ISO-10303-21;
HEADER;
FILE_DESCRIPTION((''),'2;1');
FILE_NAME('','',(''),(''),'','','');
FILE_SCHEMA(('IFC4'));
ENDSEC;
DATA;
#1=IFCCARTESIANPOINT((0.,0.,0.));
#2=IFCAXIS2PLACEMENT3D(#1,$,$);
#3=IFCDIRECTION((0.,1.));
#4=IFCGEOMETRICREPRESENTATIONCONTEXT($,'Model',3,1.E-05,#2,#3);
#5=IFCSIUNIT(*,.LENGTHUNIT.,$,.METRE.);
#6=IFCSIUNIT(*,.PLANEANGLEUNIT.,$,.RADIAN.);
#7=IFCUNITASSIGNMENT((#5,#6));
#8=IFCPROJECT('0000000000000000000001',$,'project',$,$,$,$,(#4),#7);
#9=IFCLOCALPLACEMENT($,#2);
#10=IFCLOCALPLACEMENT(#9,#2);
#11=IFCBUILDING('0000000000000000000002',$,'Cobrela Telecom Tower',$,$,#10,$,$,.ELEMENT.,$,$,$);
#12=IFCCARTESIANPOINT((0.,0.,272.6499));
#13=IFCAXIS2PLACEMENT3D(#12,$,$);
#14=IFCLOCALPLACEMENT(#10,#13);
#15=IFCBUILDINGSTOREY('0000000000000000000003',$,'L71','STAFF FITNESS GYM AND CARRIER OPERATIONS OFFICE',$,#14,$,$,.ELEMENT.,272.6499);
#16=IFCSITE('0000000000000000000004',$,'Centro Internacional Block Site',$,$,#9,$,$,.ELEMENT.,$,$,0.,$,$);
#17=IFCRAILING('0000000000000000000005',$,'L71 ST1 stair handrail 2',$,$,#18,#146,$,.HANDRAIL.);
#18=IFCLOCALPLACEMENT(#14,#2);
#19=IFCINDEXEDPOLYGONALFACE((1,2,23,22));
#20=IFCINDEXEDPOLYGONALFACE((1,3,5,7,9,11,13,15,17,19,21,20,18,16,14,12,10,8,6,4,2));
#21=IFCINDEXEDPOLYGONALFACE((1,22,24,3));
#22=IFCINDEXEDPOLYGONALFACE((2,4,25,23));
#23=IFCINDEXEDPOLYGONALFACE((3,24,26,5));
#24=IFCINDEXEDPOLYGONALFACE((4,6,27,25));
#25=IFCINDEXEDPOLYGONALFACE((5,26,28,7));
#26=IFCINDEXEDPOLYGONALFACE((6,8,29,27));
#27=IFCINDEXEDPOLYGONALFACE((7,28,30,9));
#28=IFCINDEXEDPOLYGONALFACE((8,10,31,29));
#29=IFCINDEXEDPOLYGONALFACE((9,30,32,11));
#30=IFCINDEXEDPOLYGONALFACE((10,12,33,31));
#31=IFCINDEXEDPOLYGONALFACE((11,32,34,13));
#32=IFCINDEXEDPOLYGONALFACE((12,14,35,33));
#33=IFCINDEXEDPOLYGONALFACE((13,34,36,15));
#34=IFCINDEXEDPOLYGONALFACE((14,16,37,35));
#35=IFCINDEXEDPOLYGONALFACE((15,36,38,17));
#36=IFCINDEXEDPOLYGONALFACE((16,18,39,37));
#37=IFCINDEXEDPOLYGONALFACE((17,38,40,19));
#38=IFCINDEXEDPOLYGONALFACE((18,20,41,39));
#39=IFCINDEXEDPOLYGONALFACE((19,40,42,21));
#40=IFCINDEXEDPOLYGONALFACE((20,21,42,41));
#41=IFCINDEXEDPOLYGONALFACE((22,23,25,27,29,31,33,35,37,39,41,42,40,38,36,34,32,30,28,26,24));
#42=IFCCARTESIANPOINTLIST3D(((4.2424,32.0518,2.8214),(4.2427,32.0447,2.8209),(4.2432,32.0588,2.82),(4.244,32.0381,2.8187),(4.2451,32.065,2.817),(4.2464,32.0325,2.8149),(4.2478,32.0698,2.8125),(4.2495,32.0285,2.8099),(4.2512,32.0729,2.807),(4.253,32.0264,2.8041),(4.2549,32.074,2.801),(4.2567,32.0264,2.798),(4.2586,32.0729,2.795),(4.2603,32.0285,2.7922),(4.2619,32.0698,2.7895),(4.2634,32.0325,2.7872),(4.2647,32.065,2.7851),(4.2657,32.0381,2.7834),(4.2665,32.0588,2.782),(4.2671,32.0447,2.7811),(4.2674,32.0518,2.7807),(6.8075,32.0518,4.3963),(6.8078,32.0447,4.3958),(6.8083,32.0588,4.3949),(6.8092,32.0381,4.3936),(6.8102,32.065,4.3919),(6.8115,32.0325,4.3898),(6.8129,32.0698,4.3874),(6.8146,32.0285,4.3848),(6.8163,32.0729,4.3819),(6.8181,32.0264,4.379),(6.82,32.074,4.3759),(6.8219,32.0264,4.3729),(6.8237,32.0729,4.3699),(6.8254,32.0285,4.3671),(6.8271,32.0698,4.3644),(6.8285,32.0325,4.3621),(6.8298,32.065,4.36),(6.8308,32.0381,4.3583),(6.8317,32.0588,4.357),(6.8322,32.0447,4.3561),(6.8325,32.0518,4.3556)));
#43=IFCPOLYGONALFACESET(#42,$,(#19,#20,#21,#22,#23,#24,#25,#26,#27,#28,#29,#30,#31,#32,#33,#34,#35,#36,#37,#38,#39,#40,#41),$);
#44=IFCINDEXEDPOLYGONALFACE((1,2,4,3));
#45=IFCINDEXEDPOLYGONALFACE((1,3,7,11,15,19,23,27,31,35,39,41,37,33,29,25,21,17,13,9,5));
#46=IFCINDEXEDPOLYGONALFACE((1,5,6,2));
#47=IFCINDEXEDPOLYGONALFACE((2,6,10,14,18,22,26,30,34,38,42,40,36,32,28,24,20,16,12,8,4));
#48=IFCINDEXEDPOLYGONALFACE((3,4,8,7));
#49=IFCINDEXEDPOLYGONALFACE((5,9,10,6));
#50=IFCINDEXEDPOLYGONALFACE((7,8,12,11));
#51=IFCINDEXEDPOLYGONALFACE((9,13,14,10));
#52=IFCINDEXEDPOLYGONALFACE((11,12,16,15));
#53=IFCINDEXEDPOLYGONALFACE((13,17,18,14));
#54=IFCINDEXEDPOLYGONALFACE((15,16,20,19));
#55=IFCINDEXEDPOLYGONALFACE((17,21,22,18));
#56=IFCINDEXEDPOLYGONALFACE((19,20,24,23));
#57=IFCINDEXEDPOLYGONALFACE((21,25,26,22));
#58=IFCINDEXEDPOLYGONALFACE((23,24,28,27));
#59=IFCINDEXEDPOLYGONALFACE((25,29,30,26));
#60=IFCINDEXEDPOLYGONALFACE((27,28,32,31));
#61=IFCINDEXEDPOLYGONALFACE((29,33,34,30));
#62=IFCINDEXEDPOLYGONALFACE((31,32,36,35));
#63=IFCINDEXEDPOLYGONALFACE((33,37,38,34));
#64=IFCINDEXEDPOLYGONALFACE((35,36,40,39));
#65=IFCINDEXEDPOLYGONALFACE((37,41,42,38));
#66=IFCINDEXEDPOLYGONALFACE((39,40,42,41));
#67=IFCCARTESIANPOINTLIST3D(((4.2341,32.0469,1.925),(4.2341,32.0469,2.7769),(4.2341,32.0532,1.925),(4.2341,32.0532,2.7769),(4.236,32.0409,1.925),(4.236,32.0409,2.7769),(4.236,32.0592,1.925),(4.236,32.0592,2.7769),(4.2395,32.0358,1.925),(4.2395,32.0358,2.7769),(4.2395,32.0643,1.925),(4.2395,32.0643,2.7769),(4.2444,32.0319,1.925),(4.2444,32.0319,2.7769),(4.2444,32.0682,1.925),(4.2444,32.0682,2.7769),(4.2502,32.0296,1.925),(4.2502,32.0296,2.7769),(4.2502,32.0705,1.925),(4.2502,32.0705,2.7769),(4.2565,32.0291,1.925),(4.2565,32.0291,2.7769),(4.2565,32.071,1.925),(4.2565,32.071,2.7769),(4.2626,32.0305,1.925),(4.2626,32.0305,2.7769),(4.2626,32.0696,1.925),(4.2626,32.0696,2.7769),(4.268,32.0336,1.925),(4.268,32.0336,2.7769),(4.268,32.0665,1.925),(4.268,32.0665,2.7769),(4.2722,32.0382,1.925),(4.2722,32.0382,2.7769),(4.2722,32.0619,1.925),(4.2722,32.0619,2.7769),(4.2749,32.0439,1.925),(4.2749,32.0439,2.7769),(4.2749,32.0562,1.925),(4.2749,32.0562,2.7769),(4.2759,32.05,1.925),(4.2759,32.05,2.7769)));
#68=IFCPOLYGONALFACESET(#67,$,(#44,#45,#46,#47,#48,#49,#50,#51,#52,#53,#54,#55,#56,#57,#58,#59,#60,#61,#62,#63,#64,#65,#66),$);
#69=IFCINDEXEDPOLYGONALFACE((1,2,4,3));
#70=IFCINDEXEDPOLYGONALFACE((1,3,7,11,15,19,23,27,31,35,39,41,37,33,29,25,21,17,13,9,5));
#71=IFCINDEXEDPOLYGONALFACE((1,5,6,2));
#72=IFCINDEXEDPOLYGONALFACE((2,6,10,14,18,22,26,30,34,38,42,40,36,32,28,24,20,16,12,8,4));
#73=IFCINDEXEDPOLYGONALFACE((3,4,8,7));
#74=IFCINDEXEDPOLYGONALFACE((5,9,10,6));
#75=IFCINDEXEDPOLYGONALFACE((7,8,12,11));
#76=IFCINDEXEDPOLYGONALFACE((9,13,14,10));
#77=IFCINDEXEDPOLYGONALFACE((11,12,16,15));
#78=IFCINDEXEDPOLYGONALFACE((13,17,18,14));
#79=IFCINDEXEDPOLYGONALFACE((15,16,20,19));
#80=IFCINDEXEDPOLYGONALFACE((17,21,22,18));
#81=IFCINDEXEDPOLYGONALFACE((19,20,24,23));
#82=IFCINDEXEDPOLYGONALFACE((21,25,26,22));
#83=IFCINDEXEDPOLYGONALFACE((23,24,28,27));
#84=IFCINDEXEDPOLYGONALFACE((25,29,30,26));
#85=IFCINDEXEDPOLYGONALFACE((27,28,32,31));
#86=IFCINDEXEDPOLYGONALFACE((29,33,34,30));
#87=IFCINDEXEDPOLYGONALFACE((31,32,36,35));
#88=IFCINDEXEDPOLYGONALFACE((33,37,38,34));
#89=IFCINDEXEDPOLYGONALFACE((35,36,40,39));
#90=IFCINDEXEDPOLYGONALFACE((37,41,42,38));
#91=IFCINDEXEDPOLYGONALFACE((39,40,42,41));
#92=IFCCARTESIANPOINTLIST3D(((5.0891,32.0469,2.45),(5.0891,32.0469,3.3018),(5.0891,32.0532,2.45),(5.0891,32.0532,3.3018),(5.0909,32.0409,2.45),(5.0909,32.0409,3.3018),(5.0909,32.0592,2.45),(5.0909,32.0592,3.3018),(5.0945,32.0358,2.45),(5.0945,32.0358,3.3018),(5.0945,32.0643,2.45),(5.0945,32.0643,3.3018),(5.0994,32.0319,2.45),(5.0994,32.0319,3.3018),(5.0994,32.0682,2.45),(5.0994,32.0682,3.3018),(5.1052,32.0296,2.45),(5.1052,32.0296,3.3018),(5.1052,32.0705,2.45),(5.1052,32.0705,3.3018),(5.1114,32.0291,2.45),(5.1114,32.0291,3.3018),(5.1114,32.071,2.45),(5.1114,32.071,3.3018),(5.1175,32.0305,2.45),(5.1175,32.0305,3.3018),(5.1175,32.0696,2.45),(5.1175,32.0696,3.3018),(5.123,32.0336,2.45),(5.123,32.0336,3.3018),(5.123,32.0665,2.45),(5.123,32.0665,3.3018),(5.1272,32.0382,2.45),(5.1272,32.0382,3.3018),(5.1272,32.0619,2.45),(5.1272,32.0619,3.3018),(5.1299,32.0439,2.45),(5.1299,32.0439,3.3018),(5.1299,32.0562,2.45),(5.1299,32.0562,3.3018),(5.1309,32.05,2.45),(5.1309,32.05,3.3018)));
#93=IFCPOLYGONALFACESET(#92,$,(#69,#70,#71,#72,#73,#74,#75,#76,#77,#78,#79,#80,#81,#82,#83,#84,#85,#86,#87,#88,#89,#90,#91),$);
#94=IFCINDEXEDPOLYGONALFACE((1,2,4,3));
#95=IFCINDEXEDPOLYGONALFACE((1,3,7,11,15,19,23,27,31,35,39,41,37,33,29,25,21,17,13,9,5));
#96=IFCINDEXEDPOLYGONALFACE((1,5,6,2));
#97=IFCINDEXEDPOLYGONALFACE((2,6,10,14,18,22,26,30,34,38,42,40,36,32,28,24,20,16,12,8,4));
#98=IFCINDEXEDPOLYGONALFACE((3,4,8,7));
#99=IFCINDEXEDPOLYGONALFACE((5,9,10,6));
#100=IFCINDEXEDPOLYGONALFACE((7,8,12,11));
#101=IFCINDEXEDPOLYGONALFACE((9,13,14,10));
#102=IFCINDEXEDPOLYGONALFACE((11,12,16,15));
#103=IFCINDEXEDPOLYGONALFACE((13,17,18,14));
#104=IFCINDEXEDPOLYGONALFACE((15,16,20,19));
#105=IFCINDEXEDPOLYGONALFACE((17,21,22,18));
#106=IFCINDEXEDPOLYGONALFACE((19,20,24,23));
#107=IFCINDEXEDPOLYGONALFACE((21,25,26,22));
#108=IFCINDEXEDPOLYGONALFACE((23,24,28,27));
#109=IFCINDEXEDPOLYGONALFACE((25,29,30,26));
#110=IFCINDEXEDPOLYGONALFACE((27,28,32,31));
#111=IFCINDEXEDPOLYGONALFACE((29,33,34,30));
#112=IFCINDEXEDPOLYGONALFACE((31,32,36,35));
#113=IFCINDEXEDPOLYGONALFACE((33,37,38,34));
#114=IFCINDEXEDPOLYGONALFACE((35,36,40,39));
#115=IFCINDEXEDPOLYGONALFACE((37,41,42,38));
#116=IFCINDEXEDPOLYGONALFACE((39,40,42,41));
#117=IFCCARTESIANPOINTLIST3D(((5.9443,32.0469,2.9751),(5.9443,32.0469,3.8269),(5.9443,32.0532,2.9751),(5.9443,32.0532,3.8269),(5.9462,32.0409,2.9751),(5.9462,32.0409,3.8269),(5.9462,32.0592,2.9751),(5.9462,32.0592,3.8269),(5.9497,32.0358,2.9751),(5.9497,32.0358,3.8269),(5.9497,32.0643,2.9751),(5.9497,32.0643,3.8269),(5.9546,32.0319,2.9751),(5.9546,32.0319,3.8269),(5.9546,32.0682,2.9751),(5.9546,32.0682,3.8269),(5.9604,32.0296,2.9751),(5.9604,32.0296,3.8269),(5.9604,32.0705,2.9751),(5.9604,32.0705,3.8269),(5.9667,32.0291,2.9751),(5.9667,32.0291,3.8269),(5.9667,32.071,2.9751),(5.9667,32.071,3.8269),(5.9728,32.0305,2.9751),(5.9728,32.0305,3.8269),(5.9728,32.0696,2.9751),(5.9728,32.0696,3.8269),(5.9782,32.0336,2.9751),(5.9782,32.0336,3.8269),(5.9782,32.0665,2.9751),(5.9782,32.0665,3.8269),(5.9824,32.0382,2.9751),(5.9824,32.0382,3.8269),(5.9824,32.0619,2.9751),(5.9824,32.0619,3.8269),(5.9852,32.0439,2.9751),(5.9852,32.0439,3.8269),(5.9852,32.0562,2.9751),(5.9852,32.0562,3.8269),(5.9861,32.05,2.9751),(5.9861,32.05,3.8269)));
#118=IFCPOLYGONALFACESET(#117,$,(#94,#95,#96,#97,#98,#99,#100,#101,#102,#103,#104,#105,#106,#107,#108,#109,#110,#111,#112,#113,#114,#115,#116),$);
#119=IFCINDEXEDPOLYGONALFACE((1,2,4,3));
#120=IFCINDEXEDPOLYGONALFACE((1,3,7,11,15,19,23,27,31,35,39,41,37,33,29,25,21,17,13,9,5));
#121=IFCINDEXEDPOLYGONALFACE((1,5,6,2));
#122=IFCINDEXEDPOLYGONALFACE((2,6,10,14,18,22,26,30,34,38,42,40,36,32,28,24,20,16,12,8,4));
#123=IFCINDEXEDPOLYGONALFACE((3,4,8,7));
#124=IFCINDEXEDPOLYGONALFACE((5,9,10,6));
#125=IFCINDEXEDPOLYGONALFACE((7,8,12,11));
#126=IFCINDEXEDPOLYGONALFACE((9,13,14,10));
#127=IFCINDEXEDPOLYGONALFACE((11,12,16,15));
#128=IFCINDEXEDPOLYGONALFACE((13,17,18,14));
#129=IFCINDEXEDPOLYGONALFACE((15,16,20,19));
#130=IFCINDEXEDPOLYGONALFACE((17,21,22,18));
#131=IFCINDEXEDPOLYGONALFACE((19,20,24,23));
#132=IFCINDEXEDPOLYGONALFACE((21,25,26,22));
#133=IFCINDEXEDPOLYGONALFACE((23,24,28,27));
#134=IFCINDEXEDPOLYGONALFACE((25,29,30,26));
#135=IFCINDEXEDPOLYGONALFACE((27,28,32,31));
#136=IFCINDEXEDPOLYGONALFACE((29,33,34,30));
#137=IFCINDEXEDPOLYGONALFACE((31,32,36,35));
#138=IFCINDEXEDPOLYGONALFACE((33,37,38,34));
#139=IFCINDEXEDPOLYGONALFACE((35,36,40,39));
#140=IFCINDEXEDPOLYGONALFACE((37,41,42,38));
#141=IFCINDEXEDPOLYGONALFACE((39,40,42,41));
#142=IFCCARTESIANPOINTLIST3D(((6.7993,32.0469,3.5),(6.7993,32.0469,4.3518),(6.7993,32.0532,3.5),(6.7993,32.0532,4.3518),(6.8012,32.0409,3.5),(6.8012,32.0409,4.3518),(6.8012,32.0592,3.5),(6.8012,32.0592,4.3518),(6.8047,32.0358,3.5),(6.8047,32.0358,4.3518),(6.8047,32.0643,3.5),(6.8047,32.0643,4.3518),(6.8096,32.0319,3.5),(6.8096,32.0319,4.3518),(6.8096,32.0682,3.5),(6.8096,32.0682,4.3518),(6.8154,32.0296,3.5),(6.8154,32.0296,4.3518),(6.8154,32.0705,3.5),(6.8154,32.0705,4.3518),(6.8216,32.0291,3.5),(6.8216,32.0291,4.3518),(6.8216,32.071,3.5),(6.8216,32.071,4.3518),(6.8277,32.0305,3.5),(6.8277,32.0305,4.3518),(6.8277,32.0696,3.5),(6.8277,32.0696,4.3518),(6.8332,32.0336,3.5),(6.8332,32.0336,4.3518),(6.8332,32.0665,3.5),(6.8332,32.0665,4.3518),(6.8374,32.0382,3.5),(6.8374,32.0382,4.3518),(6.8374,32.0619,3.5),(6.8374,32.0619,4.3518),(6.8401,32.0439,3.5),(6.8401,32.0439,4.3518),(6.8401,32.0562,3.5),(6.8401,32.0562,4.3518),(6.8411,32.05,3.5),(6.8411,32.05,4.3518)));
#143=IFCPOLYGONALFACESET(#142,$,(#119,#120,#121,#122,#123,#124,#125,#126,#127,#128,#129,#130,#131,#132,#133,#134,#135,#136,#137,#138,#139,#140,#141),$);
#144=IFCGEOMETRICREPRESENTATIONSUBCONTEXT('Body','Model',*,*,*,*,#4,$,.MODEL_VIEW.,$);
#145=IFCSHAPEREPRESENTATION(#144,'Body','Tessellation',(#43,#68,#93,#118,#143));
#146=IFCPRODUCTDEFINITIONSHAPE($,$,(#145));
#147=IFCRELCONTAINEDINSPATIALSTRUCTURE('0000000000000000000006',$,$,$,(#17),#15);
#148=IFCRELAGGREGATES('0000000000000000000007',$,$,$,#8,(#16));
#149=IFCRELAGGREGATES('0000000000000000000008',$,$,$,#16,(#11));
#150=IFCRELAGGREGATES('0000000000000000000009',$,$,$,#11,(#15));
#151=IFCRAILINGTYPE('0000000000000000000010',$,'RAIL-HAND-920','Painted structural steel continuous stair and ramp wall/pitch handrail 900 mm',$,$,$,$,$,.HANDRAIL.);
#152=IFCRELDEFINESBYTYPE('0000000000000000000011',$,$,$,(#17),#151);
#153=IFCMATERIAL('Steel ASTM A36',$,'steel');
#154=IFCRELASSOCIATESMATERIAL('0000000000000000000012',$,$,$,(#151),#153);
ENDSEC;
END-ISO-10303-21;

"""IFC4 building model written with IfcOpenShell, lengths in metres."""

from ifc_helpers import new_model, si_unit, direction, frame, origin, origin_2d, place, context, subcontext, project, spatial, circle, extrude, material, type_object, element, save


model = new_model("IFC4")

# Units and contexts
model_context = context("Model", 3, precision=1e-05, world=origin(), true_north=direction((0.0, 1.0)))
body_context = subcontext(model_context, "Body", "Model", "MODEL_VIEW")
ifc_project = project(units=[si_unit("LENGTHUNIT", "METRE"), si_unit("PLANEANGLEUNIT", "RADIAN")], contexts=[model_context])

# Site, building, storey
site_placement = place(None, origin())
site = spatial("IfcSite", under=ifc_project, at=site_placement, Name="Centro Internacional Block Site", CompositionType="ELEMENT", RefElevation=0.0)
building_placement = place(site_placement, origin())
building = spatial("IfcBuilding", under=site, at=building_placement, Name="Cobrela Telecom Tower", CompositionType="ELEMENT")
storey_placement = place(building_placement, frame((0.0, 0.0, 272.6499)))
storey = spatial("IfcBuildingStorey", under=building, at=storey_placement, Name="L71", Description="STAFF FITNESS GYM AND CARRIER OPERATIONS OFFICE", CompositionType="ELEMENT", Elevation=272.6499)

# Shared definitions
ifc_material_1 = material(Name="Steel ASTM A36", Category="steel")

# Railing
railing_type_1 = type_object("IfcRailingType", Name="RAIL-HAND-920", Description="Painted structural steel continuous stair and ramp wall/pitch handrail 900 mm", PredefinedType="HANDRAIL", material=ifc_material_1)
railing_1_placement = place(storey_placement, frame((4.2549, 32.05, 1.925)))
element("IfcRailing", 1, at=railing_1_placement, inside=storey, type_object=railing_type_1, Name="L71 ST1 stair handrail 2", PredefinedType="HANDRAIL", context=body_context, shape_type="SweptSolid", body=[
    extrude(circle(Radius=0.0239, at=origin_2d()), frame((0.0, 0.0, 0.876), z_axis=(0.852195, 0.0, 0.523224), x_axis=(0.0, 1.0, 0.0)), (0.0, 0.0, 1.0), 3.01),
    extrude(circle(Radius=0.021, at=origin_2d()), origin(), (0.0, 0.0, 1.0), 0.8518),
    extrude(circle(Radius=0.021, at=origin_2d()), frame((0.855, 0.0, 0.5249)), (0.0, 0.0, 1.0), 0.8518),
    extrude(circle(Radius=0.021, at=origin_2d()), frame((1.7102, 0.0, 1.05)), (0.0, 0.0, 1.0), 0.8518),
    extrude(circle(Radius=0.021, at=origin_2d()), frame((2.5652, 0.0, 1.575)), (0.0, 0.0, 1.0), 0.8518),
])

save(model, "model.ifc")
